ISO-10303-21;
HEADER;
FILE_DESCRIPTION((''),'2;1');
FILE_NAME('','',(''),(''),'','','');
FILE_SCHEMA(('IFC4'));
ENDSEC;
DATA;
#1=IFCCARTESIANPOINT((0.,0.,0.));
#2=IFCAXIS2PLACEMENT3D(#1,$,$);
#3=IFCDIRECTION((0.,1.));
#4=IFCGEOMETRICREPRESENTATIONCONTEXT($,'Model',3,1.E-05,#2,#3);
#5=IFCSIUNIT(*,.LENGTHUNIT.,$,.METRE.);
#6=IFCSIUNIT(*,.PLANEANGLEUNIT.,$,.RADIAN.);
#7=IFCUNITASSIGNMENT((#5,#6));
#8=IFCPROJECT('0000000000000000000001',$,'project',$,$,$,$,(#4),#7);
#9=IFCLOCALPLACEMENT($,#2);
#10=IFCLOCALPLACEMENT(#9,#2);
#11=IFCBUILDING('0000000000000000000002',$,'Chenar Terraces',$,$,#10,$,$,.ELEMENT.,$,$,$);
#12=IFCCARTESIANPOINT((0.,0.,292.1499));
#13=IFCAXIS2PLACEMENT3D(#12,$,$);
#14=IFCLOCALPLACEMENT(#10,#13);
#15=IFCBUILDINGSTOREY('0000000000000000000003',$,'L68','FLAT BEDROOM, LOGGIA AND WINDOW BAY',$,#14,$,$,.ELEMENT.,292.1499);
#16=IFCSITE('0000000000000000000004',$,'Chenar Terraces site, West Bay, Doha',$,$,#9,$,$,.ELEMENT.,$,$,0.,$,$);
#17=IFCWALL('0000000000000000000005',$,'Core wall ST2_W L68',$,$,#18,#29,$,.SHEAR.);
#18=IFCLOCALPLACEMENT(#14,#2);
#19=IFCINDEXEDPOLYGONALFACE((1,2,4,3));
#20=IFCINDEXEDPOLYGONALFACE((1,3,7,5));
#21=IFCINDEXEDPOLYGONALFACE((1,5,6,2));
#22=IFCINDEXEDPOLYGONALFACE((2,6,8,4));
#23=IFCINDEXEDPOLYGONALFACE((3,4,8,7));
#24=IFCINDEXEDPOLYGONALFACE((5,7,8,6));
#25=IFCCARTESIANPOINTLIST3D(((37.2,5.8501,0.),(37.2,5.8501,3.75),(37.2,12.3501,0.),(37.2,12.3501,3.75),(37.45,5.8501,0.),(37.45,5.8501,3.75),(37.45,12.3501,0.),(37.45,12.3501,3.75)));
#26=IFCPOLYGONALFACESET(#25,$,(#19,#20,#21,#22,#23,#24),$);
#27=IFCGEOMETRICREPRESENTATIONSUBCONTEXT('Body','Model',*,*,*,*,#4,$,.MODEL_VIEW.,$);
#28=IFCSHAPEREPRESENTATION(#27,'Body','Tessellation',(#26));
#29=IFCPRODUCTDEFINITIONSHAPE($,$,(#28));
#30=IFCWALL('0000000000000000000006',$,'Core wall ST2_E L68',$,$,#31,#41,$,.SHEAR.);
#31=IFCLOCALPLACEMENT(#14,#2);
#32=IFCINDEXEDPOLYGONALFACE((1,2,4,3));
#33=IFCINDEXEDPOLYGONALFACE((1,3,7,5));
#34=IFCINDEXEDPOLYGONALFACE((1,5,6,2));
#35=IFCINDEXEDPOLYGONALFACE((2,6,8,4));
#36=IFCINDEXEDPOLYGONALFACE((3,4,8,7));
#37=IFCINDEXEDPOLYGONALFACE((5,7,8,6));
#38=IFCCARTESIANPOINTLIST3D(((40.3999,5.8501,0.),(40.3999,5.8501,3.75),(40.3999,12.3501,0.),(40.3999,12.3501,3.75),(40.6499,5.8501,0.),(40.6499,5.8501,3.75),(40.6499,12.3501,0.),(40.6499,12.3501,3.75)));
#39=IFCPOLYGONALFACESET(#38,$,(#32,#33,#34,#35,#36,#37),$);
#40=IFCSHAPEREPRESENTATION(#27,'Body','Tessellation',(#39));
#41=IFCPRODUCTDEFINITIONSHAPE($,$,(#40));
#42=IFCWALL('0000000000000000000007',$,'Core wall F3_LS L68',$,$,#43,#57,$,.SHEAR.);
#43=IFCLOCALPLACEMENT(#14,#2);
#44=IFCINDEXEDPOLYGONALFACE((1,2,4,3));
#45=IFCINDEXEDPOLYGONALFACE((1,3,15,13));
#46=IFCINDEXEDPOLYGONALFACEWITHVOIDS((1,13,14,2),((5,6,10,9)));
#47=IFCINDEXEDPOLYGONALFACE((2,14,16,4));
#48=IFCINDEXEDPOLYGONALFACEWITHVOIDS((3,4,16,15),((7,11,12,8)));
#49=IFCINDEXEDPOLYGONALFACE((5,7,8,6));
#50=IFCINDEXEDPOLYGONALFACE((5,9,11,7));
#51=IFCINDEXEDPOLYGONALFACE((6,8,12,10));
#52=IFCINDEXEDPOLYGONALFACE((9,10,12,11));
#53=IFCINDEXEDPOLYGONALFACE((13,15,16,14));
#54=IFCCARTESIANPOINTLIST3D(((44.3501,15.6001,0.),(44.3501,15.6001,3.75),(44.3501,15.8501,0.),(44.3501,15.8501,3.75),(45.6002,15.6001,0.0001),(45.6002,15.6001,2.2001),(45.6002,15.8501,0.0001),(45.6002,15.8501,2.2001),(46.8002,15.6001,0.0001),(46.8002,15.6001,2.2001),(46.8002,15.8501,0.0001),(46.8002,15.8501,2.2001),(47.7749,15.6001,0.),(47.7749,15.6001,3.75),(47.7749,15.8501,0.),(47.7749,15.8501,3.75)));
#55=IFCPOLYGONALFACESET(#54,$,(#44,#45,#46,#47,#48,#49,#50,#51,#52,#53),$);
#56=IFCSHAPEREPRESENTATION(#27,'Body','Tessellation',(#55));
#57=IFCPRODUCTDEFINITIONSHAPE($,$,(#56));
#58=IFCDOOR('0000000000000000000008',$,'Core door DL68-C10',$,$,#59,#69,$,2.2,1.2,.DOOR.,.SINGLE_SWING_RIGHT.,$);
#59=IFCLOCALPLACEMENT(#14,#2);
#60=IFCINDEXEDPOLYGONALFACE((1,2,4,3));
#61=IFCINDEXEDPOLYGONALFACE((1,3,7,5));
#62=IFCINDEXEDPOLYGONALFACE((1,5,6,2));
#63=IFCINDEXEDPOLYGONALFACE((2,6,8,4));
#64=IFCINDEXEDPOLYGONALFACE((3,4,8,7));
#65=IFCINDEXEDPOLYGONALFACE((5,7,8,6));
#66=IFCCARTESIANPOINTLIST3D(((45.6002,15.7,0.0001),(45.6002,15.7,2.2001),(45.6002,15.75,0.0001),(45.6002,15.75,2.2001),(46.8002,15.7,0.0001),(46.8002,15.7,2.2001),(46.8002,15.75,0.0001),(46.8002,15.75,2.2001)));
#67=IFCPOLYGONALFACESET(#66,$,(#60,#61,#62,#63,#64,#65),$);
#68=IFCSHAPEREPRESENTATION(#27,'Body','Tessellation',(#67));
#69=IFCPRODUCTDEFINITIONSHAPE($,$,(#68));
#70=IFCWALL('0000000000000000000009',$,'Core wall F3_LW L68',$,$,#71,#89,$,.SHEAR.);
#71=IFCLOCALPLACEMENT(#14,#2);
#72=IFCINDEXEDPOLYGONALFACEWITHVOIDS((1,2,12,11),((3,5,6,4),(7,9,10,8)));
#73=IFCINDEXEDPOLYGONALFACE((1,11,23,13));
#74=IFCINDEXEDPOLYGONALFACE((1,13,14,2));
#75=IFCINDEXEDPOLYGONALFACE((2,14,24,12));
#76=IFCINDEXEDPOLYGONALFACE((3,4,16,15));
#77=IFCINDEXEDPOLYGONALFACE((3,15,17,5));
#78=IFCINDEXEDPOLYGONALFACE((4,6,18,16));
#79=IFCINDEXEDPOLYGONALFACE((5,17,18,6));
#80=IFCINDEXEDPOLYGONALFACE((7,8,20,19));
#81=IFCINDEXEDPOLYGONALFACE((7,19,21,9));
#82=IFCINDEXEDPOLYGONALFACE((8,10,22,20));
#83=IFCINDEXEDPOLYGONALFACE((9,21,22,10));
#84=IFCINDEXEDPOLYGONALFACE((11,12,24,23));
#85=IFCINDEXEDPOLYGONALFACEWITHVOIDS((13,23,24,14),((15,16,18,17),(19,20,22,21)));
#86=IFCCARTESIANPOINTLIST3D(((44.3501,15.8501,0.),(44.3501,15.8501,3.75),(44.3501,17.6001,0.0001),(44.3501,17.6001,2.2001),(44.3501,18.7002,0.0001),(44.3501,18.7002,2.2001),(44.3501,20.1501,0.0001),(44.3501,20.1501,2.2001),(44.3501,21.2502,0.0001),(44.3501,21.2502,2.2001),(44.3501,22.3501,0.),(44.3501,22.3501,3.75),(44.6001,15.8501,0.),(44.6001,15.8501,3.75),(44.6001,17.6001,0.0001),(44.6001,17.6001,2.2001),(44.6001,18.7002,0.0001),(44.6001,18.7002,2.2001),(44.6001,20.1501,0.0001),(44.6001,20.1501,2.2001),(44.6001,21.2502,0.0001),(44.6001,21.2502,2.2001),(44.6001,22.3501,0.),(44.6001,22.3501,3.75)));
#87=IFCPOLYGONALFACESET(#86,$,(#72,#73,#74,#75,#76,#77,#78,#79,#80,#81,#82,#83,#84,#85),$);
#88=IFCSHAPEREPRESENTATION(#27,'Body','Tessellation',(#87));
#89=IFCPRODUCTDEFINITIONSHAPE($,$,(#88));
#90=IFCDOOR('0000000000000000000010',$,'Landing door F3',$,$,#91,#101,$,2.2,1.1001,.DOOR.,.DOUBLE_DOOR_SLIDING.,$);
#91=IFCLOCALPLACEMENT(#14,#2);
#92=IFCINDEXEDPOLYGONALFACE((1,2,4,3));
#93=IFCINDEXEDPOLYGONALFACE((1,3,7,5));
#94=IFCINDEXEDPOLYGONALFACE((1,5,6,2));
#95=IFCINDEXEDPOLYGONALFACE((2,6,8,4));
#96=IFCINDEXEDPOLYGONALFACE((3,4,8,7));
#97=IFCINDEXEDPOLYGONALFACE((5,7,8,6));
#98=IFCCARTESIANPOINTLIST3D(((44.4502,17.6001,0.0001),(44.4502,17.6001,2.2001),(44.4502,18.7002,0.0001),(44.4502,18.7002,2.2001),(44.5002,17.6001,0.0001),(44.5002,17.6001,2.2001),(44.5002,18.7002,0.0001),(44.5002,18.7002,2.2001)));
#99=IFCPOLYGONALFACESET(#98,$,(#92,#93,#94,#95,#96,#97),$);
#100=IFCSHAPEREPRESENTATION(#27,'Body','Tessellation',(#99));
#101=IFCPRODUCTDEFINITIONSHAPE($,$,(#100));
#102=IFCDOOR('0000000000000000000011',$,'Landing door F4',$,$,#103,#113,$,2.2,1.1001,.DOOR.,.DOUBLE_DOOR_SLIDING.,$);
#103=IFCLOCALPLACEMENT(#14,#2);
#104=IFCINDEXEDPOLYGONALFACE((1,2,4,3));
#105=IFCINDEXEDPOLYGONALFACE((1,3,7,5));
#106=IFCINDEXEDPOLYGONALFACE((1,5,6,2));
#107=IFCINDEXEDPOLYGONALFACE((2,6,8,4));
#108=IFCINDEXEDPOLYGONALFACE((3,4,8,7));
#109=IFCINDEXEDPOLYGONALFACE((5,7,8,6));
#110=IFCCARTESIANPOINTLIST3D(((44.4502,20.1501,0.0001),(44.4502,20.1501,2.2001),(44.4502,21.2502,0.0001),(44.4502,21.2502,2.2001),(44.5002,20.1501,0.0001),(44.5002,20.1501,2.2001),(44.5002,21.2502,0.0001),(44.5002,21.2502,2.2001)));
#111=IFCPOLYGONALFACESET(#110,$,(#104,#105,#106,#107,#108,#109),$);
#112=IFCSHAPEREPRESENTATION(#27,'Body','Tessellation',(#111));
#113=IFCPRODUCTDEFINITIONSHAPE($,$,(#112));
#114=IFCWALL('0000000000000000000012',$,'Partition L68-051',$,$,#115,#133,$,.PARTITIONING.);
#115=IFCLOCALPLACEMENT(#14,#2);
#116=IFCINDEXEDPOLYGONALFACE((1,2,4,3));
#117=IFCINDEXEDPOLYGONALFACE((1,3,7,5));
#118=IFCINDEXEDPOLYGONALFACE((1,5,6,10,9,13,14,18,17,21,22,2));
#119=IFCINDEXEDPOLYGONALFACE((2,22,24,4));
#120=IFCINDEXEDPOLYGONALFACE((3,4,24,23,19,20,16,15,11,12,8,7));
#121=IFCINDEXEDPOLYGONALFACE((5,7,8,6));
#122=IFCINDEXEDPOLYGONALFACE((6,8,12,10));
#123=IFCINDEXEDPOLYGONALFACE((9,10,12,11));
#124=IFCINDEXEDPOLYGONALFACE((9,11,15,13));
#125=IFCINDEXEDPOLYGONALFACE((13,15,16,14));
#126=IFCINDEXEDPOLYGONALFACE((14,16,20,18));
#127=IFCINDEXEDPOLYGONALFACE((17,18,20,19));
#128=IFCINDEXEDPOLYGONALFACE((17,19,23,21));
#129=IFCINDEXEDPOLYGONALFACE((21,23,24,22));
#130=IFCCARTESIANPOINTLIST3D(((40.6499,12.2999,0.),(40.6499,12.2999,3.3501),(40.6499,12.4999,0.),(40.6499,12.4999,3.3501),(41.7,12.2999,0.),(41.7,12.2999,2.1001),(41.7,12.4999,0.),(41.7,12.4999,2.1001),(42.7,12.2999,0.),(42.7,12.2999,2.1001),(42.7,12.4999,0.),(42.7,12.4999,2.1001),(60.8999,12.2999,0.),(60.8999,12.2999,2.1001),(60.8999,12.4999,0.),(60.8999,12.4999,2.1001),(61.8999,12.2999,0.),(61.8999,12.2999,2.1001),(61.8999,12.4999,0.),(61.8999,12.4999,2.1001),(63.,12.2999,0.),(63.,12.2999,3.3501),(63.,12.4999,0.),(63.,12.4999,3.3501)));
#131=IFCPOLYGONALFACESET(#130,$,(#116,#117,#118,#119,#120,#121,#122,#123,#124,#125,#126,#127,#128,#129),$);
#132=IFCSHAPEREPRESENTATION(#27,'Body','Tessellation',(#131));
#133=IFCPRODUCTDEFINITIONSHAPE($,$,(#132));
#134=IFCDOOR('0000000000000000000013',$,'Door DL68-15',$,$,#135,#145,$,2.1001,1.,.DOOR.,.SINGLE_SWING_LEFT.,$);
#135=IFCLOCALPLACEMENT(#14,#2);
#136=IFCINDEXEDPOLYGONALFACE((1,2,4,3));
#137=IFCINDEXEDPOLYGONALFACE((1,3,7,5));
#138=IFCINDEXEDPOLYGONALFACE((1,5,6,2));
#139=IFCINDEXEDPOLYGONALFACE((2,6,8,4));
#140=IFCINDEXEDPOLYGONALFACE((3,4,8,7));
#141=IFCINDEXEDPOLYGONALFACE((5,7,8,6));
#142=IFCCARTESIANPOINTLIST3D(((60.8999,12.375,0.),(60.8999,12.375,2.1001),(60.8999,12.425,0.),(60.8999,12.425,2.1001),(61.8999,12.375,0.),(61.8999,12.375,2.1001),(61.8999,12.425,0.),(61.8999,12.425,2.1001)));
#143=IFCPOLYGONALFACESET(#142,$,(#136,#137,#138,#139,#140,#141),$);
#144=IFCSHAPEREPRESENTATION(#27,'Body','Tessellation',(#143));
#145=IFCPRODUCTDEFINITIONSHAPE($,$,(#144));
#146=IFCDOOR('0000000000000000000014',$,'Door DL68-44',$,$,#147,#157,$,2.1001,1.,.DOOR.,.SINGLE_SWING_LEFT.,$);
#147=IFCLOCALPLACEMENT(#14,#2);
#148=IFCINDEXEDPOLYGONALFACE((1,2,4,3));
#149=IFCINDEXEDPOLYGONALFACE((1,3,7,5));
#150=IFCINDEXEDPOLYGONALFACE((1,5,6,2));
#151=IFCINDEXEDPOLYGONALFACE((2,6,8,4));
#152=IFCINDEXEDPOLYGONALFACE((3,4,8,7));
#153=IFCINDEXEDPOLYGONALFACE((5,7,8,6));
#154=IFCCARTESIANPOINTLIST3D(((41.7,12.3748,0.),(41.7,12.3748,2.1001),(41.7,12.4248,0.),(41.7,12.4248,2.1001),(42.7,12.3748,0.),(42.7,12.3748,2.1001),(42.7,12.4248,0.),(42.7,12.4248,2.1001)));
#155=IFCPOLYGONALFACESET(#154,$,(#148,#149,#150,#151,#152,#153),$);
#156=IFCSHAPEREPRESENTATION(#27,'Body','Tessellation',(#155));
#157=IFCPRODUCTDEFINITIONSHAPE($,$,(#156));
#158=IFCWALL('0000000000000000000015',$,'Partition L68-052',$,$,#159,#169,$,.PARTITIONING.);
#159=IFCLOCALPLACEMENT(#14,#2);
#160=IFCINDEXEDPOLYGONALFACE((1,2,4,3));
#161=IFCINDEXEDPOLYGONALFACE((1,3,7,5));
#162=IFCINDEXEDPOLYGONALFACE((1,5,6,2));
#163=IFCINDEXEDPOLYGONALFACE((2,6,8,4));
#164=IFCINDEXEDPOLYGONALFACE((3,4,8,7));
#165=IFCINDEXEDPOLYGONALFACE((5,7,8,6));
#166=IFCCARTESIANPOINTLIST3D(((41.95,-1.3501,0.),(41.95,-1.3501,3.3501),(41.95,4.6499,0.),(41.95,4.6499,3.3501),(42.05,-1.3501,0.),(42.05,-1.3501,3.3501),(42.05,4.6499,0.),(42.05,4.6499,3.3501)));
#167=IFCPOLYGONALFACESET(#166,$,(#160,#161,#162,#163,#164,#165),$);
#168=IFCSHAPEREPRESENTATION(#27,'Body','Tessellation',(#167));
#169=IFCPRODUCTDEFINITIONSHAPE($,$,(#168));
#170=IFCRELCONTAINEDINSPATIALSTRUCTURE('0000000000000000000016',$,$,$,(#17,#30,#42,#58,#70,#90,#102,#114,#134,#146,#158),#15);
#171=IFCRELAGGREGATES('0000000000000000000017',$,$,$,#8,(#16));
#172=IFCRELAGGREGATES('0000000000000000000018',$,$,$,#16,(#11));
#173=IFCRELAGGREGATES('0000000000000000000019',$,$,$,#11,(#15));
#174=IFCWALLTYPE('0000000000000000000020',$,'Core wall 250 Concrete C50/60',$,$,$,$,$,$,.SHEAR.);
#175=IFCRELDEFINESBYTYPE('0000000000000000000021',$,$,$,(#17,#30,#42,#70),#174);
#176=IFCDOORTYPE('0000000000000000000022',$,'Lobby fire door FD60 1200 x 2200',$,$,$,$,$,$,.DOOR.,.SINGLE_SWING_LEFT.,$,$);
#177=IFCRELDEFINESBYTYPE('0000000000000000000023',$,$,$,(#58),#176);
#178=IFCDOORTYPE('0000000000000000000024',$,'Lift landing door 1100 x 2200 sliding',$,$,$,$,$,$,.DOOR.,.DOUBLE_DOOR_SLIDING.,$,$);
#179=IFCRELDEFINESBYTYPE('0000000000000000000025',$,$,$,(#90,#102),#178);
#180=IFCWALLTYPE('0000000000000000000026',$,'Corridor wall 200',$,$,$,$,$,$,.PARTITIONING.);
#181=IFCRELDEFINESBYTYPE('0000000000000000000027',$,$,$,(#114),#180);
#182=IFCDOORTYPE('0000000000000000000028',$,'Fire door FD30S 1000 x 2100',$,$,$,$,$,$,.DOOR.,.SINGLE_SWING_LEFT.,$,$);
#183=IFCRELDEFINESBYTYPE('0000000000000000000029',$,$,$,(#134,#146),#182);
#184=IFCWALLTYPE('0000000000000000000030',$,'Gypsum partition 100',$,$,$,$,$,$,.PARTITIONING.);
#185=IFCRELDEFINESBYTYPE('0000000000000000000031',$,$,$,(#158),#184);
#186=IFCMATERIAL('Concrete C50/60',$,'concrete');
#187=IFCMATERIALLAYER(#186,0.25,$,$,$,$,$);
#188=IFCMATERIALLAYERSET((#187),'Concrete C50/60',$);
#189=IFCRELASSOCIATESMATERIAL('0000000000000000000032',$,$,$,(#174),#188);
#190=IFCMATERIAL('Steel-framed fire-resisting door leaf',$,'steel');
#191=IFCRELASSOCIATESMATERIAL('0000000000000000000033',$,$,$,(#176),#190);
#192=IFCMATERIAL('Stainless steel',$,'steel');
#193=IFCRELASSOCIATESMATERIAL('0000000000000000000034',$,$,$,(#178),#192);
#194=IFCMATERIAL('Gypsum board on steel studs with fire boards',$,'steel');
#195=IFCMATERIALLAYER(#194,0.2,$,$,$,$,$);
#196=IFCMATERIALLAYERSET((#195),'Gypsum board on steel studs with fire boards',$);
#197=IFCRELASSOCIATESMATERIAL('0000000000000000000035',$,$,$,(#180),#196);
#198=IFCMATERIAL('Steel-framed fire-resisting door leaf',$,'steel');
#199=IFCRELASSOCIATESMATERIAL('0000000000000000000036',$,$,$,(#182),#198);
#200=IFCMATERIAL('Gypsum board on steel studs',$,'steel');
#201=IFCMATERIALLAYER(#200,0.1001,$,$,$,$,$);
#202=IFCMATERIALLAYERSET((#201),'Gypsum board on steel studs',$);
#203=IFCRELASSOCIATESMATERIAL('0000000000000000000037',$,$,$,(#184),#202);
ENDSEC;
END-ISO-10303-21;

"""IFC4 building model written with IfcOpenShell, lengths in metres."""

from ifc_helpers import new_model, si_unit, direction, frame, frame_2d, origin, place, context, subcontext, project, spatial, rectangle, extrude, material, layer, layer_set, type_object, element, fill, save


model = new_model("IFC4")

# Units and contexts
model_context = context("Model", 3, precision=1e-05, world=origin(), true_north=direction((0.0, 1.0)))
body_context = subcontext(model_context, "Body", "Model", "MODEL_VIEW")
ifc_project = project(units=[si_unit("LENGTHUNIT", "METRE"), si_unit("PLANEANGLEUNIT", "RADIAN")], contexts=[model_context])

# Site, building, storey
site_placement = place(None, origin())
site = spatial("IfcSite", under=ifc_project, at=site_placement, Name="Chenar Terraces site, West Bay, Doha", CompositionType="ELEMENT", RefElevation=0.0)
building_placement = place(site_placement, origin())
building = spatial("IfcBuilding", under=site, at=building_placement, Name="Chenar Terraces", CompositionType="ELEMENT")
storey_placement = place(building_placement, frame((0.0, 0.0, 292.1499)))
storey = spatial("IfcBuildingStorey", under=building, at=storey_placement, Name="L68", Description="FLAT BEDROOM, LOGGIA AND WINDOW BAY", CompositionType="ELEMENT", Elevation=292.1499)

# Walls
ifc_material_1 = material(Name="Concrete C50/60", Category="concrete")
ifc_layer_1 = layer(ifc_material_1, 0.25)
ifc_layer_set_1 = layer_set([ifc_layer_1], Name="Concrete C50/60")
wall_type_1 = type_object("IfcWallType", Name="Core wall 250 Concrete C50/60", PredefinedType="SHEAR", material=ifc_layer_set_1)
for number, where, z_axis, x_axis, name in (
    (1, (37.325, 5.8501, 0.0), (0.0, 0.0, 1.0), (0.0, 1.0, 0.0), "Core wall ST2_W L68"),
    (2, (40.5249, 5.8501, 0.0), (0.0, 0.0, 1.0), (0.0, 1.0, 0.0), "Core wall ST2_E L68"),
):
    element("IfcWall", number, at=place(storey_placement, frame(where, z_axis=z_axis, x_axis=x_axis)), inside=storey, type_object=wall_type_1, Name=name, PredefinedType="SHEAR", context=body_context, shape_type="SweptSolid", body=[
        extrude(rectangle(XDim=6.5, YDim=0.25, at=frame_2d((3.25, 0.0))), origin(), (0.0, 0.0, 1.0), 3.75),
    ])

# Wall, opening, door
wall_1_placement = place(storey_placement, frame((44.3501, 15.7251, 0.0), z_axis=(0.0, 0.0, 1.0), x_axis=(1.0, 0.0, 0.0)))
wall_1 = element("IfcWall", 3, at=wall_1_placement, inside=storey, type_object=wall_type_1, Name="Core wall F3_LS L68", PredefinedType="SHEAR", context=body_context, shape_type="SweptSolid", body=[
    extrude(rectangle(XDim=3.4248, YDim=0.25, at=frame_2d((1.7124, 0.0))), origin(), (0.0, 0.0, 1.0), 3.75),
])
opening_1_placement = place(wall_1_placement, frame((1.25, 0.0, 0.0)))
opening_1 = element("IfcOpeningElement", 4, at=opening_1_placement, cuts=wall_1, PredefinedType="OPENING", context=body_context, shape_type="SweptSolid", body=[
    extrude(rectangle(XDim=1.2, YDim=2.2, at=frame_2d((0.6001, 1.1001))), frame((0.0, 0.135, 0.0), z_axis=(0.0, -1.0, 0.0), x_axis=(1.0, 0.0, 0.0)), (0.0, 0.0, 1.0), 0.27),
])
ifc_material_2 = material(Name="Steel-framed fire-resisting door leaf", Category="steel")
door_type_1 = type_object("IfcDoorType", Name="Lobby fire door FD60 1200 x 2200", OperationType="SINGLE_SWING_LEFT", PredefinedType="DOOR", material=ifc_material_2)
door_1_placement = place(opening_1_placement, origin())
door_1 = element("IfcDoor", 5, at=door_1_placement, inside=storey, type_object=door_type_1, Name="Core door DL68-C10", OperationType="SINGLE_SWING_RIGHT", OverallHeight=2.2, OverallWidth=1.2, PredefinedType="DOOR", context=body_context, shape_type="SweptSolid", body=[
    extrude(rectangle(XDim=1.2, YDim=2.2, at=frame_2d((0.6001, 1.1001))), frame((0.0, 0.0249, 0.0), z_axis=(0.0, -1.0, 0.0), x_axis=(1.0, 0.0, 0.0)), (0.0, 0.0, 1.0), 0.05),
])
fill(opening_1, door_1)

# Walls, openings, doors
wall_2_placement = place(storey_placement, frame((44.4751, 15.8501, 0.0), z_axis=(0.0, 0.0, 1.0), x_axis=(0.0, 1.0, 0.0)))
wall_2 = element("IfcWall", 6, at=wall_2_placement, inside=storey, type_object=wall_type_1, Name="Core wall F3_LW L68", PredefinedType="SHEAR", context=body_context, shape_type="SweptSolid", body=[
    extrude(rectangle(XDim=6.5, YDim=0.25, at=frame_2d((3.25, 0.0))), origin(), (0.0, 0.0, 1.0), 3.75),
])
opening_2_placement = place(wall_2_placement, frame((1.75, 0.0, 0.0)))
opening_2 = element("IfcOpeningElement", 7, at=opening_2_placement, cuts=wall_2, PredefinedType="OPENING", context=body_context, shape_type="SweptSolid", body=[
    extrude(rectangle(XDim=1.1001, YDim=2.2, at=frame_2d((0.55, 1.1001))), frame((0.0, 0.135, 0.0), z_axis=(0.0, -1.0, 0.0), x_axis=(1.0, 0.0, 0.0)), (0.0, 0.0, 1.0), 0.27),
])
opening_3_placement = place(wall_2_placement, frame((4.3, 0.0, 0.0)))
opening_3 = element("IfcOpeningElement", 8, at=opening_3_placement, cuts=wall_2, PredefinedType="OPENING", context=body_context, shape_type="SweptSolid", body=[
    extrude(rectangle(XDim=1.1001, YDim=2.2, at=frame_2d((0.55, 1.1001))), frame((0.0, 0.135, 0.0), z_axis=(0.0, -1.0, 0.0), x_axis=(1.0, 0.0, 0.0)), (0.0, 0.0, 1.0), 0.27),
])
ifc_material_3 = material(Name="Stainless steel", Category="steel")
door_type_2 = type_object("IfcDoorType", Name="Lift landing door 1100 x 2200 sliding", OperationType="DOUBLE_DOOR_SLIDING", PredefinedType="DOOR", material=ifc_material_3)
door_2_placement = place(opening_2_placement, origin())
door_2 = element("IfcDoor", 9, at=door_2_placement, inside=storey, type_object=door_type_2, Name="Landing door F3", OperationType="DOUBLE_DOOR_SLIDING", OverallHeight=2.2, OverallWidth=1.1001, PredefinedType="DOOR", context=body_context, shape_type="SweptSolid", body=[
    extrude(rectangle(XDim=1.1001, YDim=2.2, at=frame_2d((0.55, 1.1001))), frame((0.0, 0.0249, 0.0), z_axis=(0.0, -1.0, 0.0), x_axis=(1.0, 0.0, 0.0)), (0.0, 0.0, 1.0), 0.05),
])
fill(opening_2, door_2)
door_3_placement = place(opening_3_placement, origin())
door_3 = element("IfcDoor", 10, at=door_3_placement, inside=storey, type_object=door_type_2, Name="Landing door F4", OperationType="DOUBLE_DOOR_SLIDING", OverallHeight=2.2, OverallWidth=1.1001, PredefinedType="DOOR", context=body_context, shape_type="SweptSolid", body=[
    extrude(rectangle(XDim=1.1001, YDim=2.2, at=frame_2d((0.55, 1.1001))), frame((0.0, 0.0249, 0.0), z_axis=(0.0, -1.0, 0.0), x_axis=(1.0, 0.0, 0.0)), (0.0, 0.0, 1.0), 0.05),
])
fill(opening_3, door_3)
ifc_material_4 = material(Name="Gypsum board on steel studs with fire boards", Category="steel")
ifc_layer_2 = layer(ifc_material_4, 0.2)
ifc_layer_set_2 = layer_set([ifc_layer_2], Name="Gypsum board on steel studs with fire boards")
wall_type_2 = type_object("IfcWallType", Name="Corridor wall 200", PredefinedType="PARTITIONING", material=ifc_layer_set_2)
wall_3_placement = place(storey_placement, frame((40.6499, 12.3999, 0.0), z_axis=(0.0, 0.0, 1.0), x_axis=(1.0, 0.0, 0.0)))
wall_3 = element("IfcWall", 11, at=wall_3_placement, inside=storey, type_object=wall_type_2, Name="Partition L68-051", PredefinedType="PARTITIONING", context=body_context, shape_type="SweptSolid", body=[
    extrude(rectangle(XDim=22.3501, YDim=0.2, at=frame_2d((11.175, 0.0))), origin(), (0.0, 0.0, 1.0), 3.3501),
])
opening_4_placement = place(wall_3_placement, frame((20.25, 0.0, 0.0)))
opening_4 = element("IfcOpeningElement", 12, at=opening_4_placement, cuts=wall_3, PredefinedType="OPENING", context=body_context, shape_type="SweptSolid", body=[
    extrude(rectangle(XDim=1.0, YDim=2.1001, at=frame_2d((0.5, 1.05))), frame((0.0, 0.1099, 0.0), z_axis=(0.0, -1.0, 0.0), x_axis=(1.0, 0.0, 0.0)), (0.0, 0.0, 1.0), 0.22),
])
opening_5_placement = place(wall_3_placement, frame((1.05, 0.0, 0.0)))
opening_5 = element("IfcOpeningElement", 13, at=opening_5_placement, cuts=wall_3, PredefinedType="OPENING", context=body_context, shape_type="SweptSolid", body=[
    extrude(rectangle(XDim=1.0, YDim=2.1001, at=frame_2d((0.5, 1.05))), frame((0.0, 0.1099, 0.0), z_axis=(0.0, -1.0, 0.0), x_axis=(1.0, 0.0, 0.0)), (0.0, 0.0, 1.0), 0.22),
])
ifc_material_5 = material(Name="Steel-framed fire-resisting door leaf", Category="steel")
door_type_3 = type_object("IfcDoorType", Name="Fire door FD30S 1000 x 2100", OperationType="SINGLE_SWING_LEFT", PredefinedType="DOOR", material=ifc_material_5)
door_4_placement = place(opening_4_placement, frame((1.0, 0.0, 0.0), z_axis=(0.0, 0.0, 1.0), x_axis=(-1.0, 0.0, 0.0)))
door_4 = element("IfcDoor", 14, at=door_4_placement, inside=storey, type_object=door_type_3, Name="Door DL68-15", OperationType="SINGLE_SWING_LEFT", OverallHeight=2.1001, OverallWidth=1.0, PredefinedType="DOOR", context=body_context, shape_type="SweptSolid", body=[
    extrude(rectangle(XDim=1.0, YDim=2.1001, at=frame_2d((0.5, 1.05))), frame((0.0, 0.0249, 0.0), z_axis=(0.0, -1.0, 0.0), x_axis=(1.0, 0.0, 0.0)), (0.0, 0.0, 1.0), 0.05),
])
fill(opening_4, door_4)
door_5_placement = place(opening_5_placement, origin())
door_5 = element("IfcDoor", 15, at=door_5_placement, inside=storey, type_object=door_type_3, Name="Door DL68-44", OperationType="SINGLE_SWING_LEFT", OverallHeight=2.1001, OverallWidth=1.0, PredefinedType="DOOR", context=body_context, shape_type="SweptSolid", body=[
    extrude(rectangle(XDim=1.0, YDim=2.1001, at=frame_2d((0.5, 1.05))), frame((0.0, 0.0249, 0.0), z_axis=(0.0, -1.0, 0.0), x_axis=(1.0, 0.0, 0.0)), (0.0, 0.0, 1.0), 0.05),
])
fill(opening_5, door_5)

# Wall
ifc_material_6 = material(Name="Gypsum board on steel studs", Category="steel")
ifc_layer_3 = layer(ifc_material_6, 0.1001)
ifc_layer_set_3 = layer_set([ifc_layer_3], Name="Gypsum board on steel studs")
wall_type_3 = type_object("IfcWallType", Name="Gypsum partition 100", PredefinedType="PARTITIONING", material=ifc_layer_set_3)
wall_4_placement = place(storey_placement, frame((42.0, -1.3501, 0.0), z_axis=(0.0, 0.0, 1.0), x_axis=(0.0, 1.0, 0.0)))
element("IfcWall", 16, at=wall_4_placement, inside=storey, type_object=wall_type_3, Name="Partition L68-052", PredefinedType="PARTITIONING", context=body_context, shape_type="SweptSolid", body=[
    extrude(rectangle(XDim=6.0, YDim=0.1001, at=frame_2d((3.0, 0.0))), origin(), (0.0, 0.0, 1.0), 3.3501),
])

save(model, "model.ifc")
